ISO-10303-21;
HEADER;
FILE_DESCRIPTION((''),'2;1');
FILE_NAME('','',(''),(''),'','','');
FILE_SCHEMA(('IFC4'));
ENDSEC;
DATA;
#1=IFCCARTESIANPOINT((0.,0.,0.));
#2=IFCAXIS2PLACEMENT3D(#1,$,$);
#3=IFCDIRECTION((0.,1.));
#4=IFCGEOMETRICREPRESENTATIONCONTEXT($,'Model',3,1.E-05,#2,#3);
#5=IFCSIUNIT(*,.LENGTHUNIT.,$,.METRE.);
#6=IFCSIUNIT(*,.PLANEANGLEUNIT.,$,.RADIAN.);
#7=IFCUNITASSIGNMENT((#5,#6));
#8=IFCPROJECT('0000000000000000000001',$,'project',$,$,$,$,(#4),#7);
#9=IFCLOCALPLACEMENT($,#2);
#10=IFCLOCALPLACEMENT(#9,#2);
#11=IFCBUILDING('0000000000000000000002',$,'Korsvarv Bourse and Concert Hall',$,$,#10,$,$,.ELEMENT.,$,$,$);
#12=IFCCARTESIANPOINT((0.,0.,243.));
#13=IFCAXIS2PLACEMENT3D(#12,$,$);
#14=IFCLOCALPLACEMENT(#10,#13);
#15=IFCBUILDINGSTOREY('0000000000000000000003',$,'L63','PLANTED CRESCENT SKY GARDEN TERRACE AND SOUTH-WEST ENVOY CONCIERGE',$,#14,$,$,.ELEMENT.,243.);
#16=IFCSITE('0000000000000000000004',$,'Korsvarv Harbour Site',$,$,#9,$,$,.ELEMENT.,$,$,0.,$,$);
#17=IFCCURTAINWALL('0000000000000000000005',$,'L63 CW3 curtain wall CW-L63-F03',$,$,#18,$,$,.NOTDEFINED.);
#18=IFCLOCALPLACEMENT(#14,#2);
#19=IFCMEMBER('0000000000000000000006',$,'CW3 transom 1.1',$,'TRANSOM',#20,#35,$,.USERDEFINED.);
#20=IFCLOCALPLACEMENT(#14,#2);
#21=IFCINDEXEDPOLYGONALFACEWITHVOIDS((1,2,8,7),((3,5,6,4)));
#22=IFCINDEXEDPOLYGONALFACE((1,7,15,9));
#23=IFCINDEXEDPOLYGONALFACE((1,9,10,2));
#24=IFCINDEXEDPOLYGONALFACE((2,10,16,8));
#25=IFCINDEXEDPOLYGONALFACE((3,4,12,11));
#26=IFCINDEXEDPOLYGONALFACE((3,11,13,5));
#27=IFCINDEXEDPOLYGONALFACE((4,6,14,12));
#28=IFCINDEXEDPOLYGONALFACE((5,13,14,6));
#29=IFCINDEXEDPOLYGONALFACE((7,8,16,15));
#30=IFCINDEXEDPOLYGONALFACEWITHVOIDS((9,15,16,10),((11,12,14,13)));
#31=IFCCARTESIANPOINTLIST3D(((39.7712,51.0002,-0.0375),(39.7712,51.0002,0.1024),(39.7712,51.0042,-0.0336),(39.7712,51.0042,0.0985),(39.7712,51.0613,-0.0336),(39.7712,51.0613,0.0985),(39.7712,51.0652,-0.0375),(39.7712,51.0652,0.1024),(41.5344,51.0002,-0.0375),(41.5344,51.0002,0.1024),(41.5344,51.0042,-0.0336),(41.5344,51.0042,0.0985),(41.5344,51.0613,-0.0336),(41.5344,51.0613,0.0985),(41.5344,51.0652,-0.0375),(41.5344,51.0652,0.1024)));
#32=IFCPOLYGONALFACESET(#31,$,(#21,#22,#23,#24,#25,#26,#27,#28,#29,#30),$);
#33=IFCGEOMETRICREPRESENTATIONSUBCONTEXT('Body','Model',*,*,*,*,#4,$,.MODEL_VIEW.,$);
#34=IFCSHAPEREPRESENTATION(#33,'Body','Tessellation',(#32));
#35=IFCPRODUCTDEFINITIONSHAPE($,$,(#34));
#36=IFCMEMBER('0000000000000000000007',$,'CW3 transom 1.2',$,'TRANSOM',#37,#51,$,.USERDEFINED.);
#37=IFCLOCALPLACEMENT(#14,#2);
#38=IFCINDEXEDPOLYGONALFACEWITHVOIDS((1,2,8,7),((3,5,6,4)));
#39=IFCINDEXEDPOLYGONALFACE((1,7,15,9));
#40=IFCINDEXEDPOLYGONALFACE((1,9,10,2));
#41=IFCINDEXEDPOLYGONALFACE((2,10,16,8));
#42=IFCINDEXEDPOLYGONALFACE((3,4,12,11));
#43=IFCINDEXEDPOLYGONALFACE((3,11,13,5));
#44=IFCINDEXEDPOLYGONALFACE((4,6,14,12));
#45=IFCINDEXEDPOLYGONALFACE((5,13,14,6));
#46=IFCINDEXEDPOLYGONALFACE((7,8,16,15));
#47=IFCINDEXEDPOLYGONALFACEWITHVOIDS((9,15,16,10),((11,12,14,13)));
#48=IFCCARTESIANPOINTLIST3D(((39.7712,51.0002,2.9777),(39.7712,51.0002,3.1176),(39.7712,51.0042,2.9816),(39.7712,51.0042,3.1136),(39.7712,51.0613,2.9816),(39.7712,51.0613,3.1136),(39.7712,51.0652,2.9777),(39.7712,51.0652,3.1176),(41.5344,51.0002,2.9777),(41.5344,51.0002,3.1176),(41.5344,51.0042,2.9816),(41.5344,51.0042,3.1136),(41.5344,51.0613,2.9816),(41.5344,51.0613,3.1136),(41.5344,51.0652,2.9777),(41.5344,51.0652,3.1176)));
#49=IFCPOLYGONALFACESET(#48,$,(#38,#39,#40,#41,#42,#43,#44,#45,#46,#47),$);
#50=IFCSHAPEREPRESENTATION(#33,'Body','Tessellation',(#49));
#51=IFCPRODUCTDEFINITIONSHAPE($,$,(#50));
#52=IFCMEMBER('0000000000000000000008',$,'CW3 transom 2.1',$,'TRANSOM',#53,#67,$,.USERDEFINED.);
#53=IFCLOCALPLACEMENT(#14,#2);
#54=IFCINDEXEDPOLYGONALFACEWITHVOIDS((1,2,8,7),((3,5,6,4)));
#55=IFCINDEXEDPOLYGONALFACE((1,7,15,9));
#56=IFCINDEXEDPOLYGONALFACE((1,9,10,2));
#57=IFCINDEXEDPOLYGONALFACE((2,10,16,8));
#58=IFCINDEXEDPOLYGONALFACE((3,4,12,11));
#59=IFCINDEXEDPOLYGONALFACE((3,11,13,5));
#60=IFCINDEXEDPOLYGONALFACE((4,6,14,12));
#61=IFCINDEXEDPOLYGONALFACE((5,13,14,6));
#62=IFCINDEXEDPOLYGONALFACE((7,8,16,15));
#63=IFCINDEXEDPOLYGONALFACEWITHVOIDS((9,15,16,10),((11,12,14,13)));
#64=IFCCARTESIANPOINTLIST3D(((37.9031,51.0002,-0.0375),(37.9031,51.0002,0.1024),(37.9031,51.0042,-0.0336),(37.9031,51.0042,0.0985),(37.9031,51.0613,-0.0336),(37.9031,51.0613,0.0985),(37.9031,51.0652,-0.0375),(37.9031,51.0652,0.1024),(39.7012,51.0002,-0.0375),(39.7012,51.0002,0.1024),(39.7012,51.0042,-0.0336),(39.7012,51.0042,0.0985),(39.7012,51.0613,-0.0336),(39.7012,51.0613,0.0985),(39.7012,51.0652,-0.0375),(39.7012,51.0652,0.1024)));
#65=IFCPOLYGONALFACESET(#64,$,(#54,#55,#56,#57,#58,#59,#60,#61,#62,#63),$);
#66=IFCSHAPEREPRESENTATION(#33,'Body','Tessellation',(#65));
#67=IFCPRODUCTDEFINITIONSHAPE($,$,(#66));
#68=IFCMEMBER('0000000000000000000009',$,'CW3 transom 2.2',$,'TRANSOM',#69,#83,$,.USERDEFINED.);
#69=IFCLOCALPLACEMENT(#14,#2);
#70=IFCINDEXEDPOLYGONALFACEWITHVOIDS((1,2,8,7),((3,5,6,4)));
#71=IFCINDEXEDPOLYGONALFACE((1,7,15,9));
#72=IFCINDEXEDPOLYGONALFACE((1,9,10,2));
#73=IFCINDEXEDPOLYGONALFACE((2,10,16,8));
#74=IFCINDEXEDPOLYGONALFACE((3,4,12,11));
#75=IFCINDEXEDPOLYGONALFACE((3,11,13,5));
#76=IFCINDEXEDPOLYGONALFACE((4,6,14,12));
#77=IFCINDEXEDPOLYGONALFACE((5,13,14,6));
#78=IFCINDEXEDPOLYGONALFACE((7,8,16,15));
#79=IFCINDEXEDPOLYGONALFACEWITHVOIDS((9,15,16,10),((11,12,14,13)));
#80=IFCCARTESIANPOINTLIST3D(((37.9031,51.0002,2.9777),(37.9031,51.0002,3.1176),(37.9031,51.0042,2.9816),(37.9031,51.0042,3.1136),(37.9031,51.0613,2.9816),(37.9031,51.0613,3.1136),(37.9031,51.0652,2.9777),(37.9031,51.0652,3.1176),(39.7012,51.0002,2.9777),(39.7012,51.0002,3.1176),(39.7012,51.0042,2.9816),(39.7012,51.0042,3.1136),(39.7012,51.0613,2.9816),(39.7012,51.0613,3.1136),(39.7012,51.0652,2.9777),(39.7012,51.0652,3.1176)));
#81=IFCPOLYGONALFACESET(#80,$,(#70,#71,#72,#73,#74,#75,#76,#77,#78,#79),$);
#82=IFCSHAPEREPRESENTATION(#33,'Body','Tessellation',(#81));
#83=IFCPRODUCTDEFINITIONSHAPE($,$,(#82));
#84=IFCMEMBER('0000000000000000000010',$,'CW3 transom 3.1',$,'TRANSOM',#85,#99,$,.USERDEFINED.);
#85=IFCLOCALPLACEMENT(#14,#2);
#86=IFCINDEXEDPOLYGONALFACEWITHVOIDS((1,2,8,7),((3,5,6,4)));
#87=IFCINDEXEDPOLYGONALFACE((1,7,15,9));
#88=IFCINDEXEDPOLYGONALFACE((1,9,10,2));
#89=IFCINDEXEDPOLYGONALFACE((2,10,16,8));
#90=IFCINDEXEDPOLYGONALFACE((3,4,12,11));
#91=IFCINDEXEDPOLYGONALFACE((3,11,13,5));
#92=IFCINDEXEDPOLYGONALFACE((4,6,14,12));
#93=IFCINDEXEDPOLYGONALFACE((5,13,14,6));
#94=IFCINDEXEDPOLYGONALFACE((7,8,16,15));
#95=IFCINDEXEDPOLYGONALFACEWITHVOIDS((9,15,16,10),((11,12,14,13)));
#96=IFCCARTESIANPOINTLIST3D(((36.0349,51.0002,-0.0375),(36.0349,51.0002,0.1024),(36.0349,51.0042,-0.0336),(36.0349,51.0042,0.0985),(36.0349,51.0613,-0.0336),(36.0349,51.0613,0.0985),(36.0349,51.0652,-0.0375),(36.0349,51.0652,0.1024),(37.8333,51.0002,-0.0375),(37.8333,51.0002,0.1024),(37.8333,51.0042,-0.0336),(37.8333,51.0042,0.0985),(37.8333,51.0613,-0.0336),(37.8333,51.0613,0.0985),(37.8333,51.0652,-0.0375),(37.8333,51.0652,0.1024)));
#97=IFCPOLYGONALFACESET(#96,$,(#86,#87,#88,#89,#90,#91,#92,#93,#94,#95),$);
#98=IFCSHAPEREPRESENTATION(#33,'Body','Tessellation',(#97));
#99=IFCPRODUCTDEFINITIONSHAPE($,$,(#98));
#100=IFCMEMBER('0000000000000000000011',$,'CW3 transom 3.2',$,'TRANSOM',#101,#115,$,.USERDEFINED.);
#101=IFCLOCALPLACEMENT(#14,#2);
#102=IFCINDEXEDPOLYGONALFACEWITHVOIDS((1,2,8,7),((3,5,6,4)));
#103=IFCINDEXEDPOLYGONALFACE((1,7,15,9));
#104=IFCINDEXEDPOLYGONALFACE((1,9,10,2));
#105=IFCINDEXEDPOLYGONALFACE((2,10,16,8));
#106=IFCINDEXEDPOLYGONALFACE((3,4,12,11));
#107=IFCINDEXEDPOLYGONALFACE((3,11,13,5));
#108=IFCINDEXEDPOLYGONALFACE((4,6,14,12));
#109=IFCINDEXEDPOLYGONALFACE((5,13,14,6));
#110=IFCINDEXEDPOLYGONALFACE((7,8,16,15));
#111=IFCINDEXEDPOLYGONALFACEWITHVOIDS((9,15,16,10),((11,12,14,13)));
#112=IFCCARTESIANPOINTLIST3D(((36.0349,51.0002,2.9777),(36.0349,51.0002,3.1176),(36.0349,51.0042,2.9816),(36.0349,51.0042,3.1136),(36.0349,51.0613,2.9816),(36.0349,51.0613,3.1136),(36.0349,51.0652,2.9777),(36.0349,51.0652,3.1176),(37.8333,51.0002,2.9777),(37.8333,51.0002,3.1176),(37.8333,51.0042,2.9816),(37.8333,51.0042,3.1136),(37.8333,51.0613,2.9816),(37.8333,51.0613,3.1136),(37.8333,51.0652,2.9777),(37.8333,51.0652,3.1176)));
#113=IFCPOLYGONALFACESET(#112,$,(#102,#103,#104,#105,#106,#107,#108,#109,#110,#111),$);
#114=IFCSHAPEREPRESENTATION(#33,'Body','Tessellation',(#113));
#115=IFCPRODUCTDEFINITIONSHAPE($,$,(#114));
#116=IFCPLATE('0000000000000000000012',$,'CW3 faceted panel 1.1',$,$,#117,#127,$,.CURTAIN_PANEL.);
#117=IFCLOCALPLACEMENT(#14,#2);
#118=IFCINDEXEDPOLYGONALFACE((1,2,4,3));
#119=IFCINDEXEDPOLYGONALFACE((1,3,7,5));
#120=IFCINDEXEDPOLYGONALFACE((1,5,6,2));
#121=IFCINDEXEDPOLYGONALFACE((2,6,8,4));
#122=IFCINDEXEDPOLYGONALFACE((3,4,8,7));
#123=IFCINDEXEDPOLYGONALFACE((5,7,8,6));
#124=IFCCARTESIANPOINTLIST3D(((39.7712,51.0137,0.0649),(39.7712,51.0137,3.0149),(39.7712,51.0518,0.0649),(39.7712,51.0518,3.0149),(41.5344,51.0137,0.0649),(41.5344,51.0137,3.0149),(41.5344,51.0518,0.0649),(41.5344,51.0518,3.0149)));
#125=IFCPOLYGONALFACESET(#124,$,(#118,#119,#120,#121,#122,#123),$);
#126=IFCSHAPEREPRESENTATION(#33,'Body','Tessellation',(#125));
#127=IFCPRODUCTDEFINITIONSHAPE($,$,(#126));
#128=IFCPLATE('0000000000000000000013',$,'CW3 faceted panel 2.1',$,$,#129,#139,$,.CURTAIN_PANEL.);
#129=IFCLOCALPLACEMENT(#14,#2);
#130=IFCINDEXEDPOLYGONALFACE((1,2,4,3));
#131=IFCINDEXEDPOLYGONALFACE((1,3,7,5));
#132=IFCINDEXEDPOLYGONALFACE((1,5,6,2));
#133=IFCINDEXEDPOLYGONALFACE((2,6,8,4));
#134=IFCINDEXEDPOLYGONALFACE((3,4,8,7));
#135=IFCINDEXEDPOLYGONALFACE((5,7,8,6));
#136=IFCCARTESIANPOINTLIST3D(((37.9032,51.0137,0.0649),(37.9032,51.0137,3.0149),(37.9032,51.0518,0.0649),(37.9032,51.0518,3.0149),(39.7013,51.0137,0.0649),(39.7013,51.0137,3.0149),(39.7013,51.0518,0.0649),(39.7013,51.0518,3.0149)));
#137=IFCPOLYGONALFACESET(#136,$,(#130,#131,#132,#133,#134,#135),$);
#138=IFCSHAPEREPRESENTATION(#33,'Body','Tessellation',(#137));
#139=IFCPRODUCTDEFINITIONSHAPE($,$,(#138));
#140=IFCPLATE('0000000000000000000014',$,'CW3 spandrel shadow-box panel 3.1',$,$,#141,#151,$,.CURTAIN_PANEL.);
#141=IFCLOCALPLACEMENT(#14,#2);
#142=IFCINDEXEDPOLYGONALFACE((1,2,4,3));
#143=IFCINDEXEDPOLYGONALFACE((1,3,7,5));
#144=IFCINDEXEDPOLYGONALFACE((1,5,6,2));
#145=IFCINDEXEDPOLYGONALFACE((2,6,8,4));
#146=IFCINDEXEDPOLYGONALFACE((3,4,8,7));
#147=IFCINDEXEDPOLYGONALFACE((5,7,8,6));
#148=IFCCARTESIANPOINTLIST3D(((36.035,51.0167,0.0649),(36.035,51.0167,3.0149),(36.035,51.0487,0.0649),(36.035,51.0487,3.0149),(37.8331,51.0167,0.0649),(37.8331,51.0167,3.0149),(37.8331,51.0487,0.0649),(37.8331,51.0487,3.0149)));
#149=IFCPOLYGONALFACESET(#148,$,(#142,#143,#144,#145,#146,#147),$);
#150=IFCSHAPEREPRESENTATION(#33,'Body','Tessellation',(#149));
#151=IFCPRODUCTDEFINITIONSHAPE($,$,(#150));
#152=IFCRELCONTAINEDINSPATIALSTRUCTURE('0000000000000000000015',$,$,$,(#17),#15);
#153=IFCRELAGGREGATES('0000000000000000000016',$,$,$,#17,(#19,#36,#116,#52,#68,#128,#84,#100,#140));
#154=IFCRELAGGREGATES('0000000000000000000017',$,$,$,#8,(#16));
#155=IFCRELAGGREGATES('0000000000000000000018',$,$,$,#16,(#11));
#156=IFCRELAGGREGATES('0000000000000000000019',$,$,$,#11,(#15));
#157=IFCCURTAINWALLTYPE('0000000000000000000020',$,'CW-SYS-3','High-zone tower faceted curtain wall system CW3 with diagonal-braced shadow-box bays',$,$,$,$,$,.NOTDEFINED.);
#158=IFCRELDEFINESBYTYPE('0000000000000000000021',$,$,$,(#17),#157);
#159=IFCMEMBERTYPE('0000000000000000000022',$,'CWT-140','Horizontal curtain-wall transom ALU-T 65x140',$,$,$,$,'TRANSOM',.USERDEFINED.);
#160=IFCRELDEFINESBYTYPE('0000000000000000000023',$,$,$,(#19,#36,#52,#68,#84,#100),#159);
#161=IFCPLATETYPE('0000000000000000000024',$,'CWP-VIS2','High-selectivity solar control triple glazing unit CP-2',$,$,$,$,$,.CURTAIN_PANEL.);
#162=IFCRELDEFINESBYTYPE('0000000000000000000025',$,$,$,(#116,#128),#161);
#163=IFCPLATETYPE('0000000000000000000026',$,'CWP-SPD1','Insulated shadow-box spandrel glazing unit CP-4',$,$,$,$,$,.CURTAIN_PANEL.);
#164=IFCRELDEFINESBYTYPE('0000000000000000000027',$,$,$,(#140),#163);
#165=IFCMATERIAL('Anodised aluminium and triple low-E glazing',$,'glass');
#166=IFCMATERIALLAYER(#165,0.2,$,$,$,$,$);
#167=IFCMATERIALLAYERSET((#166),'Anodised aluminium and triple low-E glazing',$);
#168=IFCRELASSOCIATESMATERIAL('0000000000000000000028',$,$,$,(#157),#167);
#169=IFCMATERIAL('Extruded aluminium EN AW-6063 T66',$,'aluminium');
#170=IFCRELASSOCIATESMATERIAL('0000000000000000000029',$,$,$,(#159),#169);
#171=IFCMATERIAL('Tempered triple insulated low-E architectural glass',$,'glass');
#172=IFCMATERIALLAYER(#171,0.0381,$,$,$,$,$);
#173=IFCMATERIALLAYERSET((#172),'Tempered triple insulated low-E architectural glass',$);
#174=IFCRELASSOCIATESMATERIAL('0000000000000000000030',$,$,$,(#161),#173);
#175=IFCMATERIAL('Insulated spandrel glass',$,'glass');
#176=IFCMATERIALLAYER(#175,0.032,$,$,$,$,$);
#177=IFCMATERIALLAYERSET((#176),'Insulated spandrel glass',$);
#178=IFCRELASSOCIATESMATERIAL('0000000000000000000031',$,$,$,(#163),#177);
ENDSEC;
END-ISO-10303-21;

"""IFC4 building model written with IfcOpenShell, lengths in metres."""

from ifc_helpers import new_model, si_unit, direction, frame, origin, origin_2d, place, context, subcontext, project, spatial, rectangle, hollow_rectangle, extrude, source, transform, mapped, material, layer, layer_set, material_profile, profile_set, type_object, element, aggregate, save


model = new_model("IFC4")

# Units and contexts
model_context = context("Model", 3, precision=1e-05, world=origin(), true_north=direction((0.0, 1.0)))
body_context = subcontext(model_context, "Body", "Model", "MODEL_VIEW")
ifc_project = project(units=[si_unit("LENGTHUNIT", "METRE"), si_unit("PLANEANGLEUNIT", "RADIAN")], contexts=[model_context])

# Site, building, storey
site_placement = place(None, origin())
site = spatial("IfcSite", under=ifc_project, at=site_placement, Name="Korsvarv Harbour Site", CompositionType="ELEMENT", RefElevation=0.0)
building_placement = place(site_placement, origin())
building = spatial("IfcBuilding", under=site, at=building_placement, Name="Korsvarv Bourse and Concert Hall", CompositionType="ELEMENT")
storey_placement = place(building_placement, frame((0.0, 0.0, 243.0)))
storey = spatial("IfcBuildingStorey", under=building, at=storey_placement, Name="L63", Description="PLANTED CRESCENT SKY GARDEN TERRACE AND SOUTH-WEST ENVOY CONCIERGE", CompositionType="ELEMENT", Elevation=243.0)

# Curtain wall, members, plates
ifc_material_1 = material(Name="Anodised aluminium and triple low-E glazing", Category="glass")
ifc_layer_1 = layer(ifc_material_1, 0.2)
ifc_layer_set_1 = layer_set([ifc_layer_1], Name="Anodised aluminium and triple low-E glazing")
curtain_wall_type = type_object("IfcCurtainWallType", Name="CW-SYS-3", Description="High-zone tower faceted curtain wall system CW3 with diagonal-braced shadow-box bays", PredefinedType="NOTDEFINED", material=ifc_layer_set_1)
curtain_wall_placement = place(storey_placement, origin())
curtain_wall = element("IfcCurtainWall", 1, at=curtain_wall_placement, inside=storey, type_object=curtain_wall_type, Name="L63 CW3 curtain wall CW-L63-F03", PredefinedType="NOTDEFINED")
ifc_material_2 = material(Name="Extruded aluminium EN AW-6063 T66", Category="aluminium")
ifc_material_profile_1 = material_profile(ifc_material_2, hollow_rectangle(XDim=0.0649, YDim=0.1399, WallThickness=0.0039, at=origin_2d()), Name="ALU-T 65x140")
ifc_profile_set_1 = profile_set([ifc_material_profile_1], Name="Extruded aluminium EN AW-6063 T66")
member_type_1 = type_object("IfcMemberType", Name="CWT-140", Description="Horizontal curtain-wall transom ALU-T 65x140", ElementType="TRANSOM", PredefinedType="USERDEFINED", material=ifc_profile_set_1)
shared_shape_1 = source(origin(), body_context, "Body", "SweptSolid", [
    extrude(hollow_rectangle(XDim=0.0649, YDim=0.1399, WallThickness=0.0039, at=origin_2d()), origin(), (0.0, 0.0, 1.0), 1.7632),
])
member_1_placement = place(storey_placement, frame((41.5344, 51.0327, 0.0325), z_axis=(-1.0, 0.0, 0.0), x_axis=(0.0, -1.0, 0.0)))
member_1 = element("IfcMember", 2, at=member_1_placement, type_object=member_type_1, Name="CW3 transom 1.1", ObjectType="TRANSOM", PredefinedType="USERDEFINED", context=body_context, shape_type="MappedRepresentation", body=[
    mapped(shared_shape_1, transform((0.0, 0.0, 0.0), scale=1.0)),
])
member_2_placement = place(storey_placement, frame((41.5344, 51.0327, 3.0476), z_axis=(-1.0, 0.0, 0.0), x_axis=(0.0, -1.0, 0.0)))
member_2 = element("IfcMember", 3, at=member_2_placement, type_object=member_type_1, Name="CW3 transom 1.2", ObjectType="TRANSOM", PredefinedType="USERDEFINED", context=body_context, shape_type="MappedRepresentation", body=[
    mapped(shared_shape_1, transform((0.0, 0.0, 0.0), scale=1.0)),
])
shared_shape_2 = source(origin(), body_context, "Body", "SweptSolid", [
    extrude(hollow_rectangle(XDim=0.0649, YDim=0.1399, WallThickness=0.0039, at=origin_2d()), origin(), (0.0, 0.0, 1.0), 1.7981),
])
member_3_placement = place(storey_placement, frame((39.7012, 51.0327, 0.0325), z_axis=(-1.0, 0.0, 0.0), x_axis=(0.0, -1.0, 0.0)))
member_3 = element("IfcMember", 4, at=member_3_placement, type_object=member_type_1, Name="CW3 transom 2.1", ObjectType="TRANSOM", PredefinedType="USERDEFINED", context=body_context, shape_type="MappedRepresentation", body=[
    mapped(shared_shape_2, transform((0.0, 0.0, 0.0), scale=1.0)),
])
member_4_placement = place(storey_placement, frame((39.7012, 51.0327, 3.0476), z_axis=(-1.0, 0.0, 0.0), x_axis=(0.0, -1.0, 0.0)))
member_4 = element("IfcMember", 5, at=member_4_placement, type_object=member_type_1, Name="CW3 transom 2.2", ObjectType="TRANSOM", PredefinedType="USERDEFINED", context=body_context, shape_type="MappedRepresentation", body=[
    mapped(shared_shape_2, transform((0.0, 0.0, 0.0), scale=1.0)),
])
shared_shape_3 = source(origin(), body_context, "Body", "SweptSolid", [
    extrude(hollow_rectangle(XDim=0.0649, YDim=0.1399, WallThickness=0.0039, at=origin_2d()), origin(), (0.0, 0.0, 1.0), 1.7983),
])
member_5_placement = place(storey_placement, frame((37.8333, 51.0327, 0.0325), z_axis=(-1.0, 0.0, 0.0), x_axis=(0.0, -1.0, 0.0)))
member_5 = element("IfcMember", 6, at=member_5_placement, type_object=member_type_1, Name="CW3 transom 3.1", ObjectType="TRANSOM", PredefinedType="USERDEFINED", context=body_context, shape_type="MappedRepresentation", body=[
    mapped(shared_shape_3, transform((0.0, 0.0, 0.0), scale=1.0)),
])
member_6_placement = place(storey_placement, frame((37.8333, 51.0327, 3.0476), z_axis=(-1.0, 0.0, 0.0), x_axis=(0.0, -1.0, 0.0)))
member_6 = element("IfcMember", 7, at=member_6_placement, type_object=member_type_1, Name="CW3 transom 3.2", ObjectType="TRANSOM", PredefinedType="USERDEFINED", context=body_context, shape_type="MappedRepresentation", body=[
    mapped(shared_shape_3, transform((0.0, 0.0, 0.0), scale=1.0)),
])
ifc_material_3 = material(Name="Tempered triple insulated low-E architectural glass", Category="glass")
ifc_layer_2 = layer(ifc_material_3, 0.0381)
ifc_layer_set_2 = layer_set([ifc_layer_2], Name="Tempered triple insulated low-E architectural glass")
plate_type_1 = type_object("IfcPlateType", Name="CWP-VIS2", Description="High-selectivity solar control triple glazing unit CP-2", PredefinedType="CURTAIN_PANEL", material=ifc_layer_set_2)
shared_shape_4 = source(origin(), body_context, "Body", "SweptSolid", [
    extrude(rectangle(XDim=1.7632, YDim=0.0381, at=origin_2d()), origin(), (0.0, 0.0, 1.0), 2.95),
])
plate_1_placement = place(storey_placement, frame((40.6528, 51.0327, 0.0649), z_axis=(0.0, 0.0, 1.0), x_axis=(-1.0, 0.0, 0.0)))
plate_1 = element("IfcPlate", 8, at=plate_1_placement, type_object=plate_type_1, Name="CW3 faceted panel 1.1", PredefinedType="CURTAIN_PANEL", context=body_context, shape_type="MappedRepresentation", body=[
    mapped(shared_shape_4, transform((0.0, 0.0, 0.0), scale=1.0)),
])
shared_shape_5 = source(origin(), body_context, "Body", "SweptSolid", [
    extrude(rectangle(XDim=1.7981, YDim=0.0381, at=origin_2d()), origin(), (0.0, 0.0, 1.0), 2.95),
])
plate_2_placement = place(storey_placement, frame((38.8022, 51.0327, 0.0649), z_axis=(0.0, 0.0, 1.0), x_axis=(-1.0, 0.0, 0.0)))
plate_2 = element("IfcPlate", 9, at=plate_2_placement, type_object=plate_type_1, Name="CW3 faceted panel 2.1", PredefinedType="CURTAIN_PANEL", context=body_context, shape_type="MappedRepresentation", body=[
    mapped(shared_shape_5, transform((0.0, 0.0, 0.0), scale=1.0)),
])
ifc_material_4 = material(Name="Insulated spandrel glass", Category="glass")
ifc_layer_3 = layer(ifc_material_4, 0.032)
ifc_layer_set_3 = layer_set([ifc_layer_3], Name="Insulated spandrel glass")
plate_type_2 = type_object("IfcPlateType", Name="CWP-SPD1", Description="Insulated shadow-box spandrel glazing unit CP-4", PredefinedType="CURTAIN_PANEL", material=ifc_layer_set_3)
shared_shape_6 = source(origin(), body_context, "Body", "SweptSolid", [
    extrude(rectangle(XDim=1.7981, YDim=0.032, at=origin_2d()), origin(), (0.0, 0.0, 1.0), 2.95),
])
plate_3_placement = place(storey_placement, frame((36.9341, 51.0327, 0.0649), z_axis=(0.0, 0.0, 1.0), x_axis=(-1.0, 0.0, 0.0)))
plate_3 = element("IfcPlate", 10, at=plate_3_placement, type_object=plate_type_2, Name="CW3 spandrel shadow-box panel 3.1", PredefinedType="CURTAIN_PANEL", context=body_context, shape_type="MappedRepresentation", body=[
    mapped(shared_shape_6, transform((0.0, 0.0, 0.0), scale=1.0)),
])
aggregate(curtain_wall, [member_1, member_2, plate_1, member_3, member_4, plate_2, member_5, member_6, plate_3])

save(model, "model.ifc")
